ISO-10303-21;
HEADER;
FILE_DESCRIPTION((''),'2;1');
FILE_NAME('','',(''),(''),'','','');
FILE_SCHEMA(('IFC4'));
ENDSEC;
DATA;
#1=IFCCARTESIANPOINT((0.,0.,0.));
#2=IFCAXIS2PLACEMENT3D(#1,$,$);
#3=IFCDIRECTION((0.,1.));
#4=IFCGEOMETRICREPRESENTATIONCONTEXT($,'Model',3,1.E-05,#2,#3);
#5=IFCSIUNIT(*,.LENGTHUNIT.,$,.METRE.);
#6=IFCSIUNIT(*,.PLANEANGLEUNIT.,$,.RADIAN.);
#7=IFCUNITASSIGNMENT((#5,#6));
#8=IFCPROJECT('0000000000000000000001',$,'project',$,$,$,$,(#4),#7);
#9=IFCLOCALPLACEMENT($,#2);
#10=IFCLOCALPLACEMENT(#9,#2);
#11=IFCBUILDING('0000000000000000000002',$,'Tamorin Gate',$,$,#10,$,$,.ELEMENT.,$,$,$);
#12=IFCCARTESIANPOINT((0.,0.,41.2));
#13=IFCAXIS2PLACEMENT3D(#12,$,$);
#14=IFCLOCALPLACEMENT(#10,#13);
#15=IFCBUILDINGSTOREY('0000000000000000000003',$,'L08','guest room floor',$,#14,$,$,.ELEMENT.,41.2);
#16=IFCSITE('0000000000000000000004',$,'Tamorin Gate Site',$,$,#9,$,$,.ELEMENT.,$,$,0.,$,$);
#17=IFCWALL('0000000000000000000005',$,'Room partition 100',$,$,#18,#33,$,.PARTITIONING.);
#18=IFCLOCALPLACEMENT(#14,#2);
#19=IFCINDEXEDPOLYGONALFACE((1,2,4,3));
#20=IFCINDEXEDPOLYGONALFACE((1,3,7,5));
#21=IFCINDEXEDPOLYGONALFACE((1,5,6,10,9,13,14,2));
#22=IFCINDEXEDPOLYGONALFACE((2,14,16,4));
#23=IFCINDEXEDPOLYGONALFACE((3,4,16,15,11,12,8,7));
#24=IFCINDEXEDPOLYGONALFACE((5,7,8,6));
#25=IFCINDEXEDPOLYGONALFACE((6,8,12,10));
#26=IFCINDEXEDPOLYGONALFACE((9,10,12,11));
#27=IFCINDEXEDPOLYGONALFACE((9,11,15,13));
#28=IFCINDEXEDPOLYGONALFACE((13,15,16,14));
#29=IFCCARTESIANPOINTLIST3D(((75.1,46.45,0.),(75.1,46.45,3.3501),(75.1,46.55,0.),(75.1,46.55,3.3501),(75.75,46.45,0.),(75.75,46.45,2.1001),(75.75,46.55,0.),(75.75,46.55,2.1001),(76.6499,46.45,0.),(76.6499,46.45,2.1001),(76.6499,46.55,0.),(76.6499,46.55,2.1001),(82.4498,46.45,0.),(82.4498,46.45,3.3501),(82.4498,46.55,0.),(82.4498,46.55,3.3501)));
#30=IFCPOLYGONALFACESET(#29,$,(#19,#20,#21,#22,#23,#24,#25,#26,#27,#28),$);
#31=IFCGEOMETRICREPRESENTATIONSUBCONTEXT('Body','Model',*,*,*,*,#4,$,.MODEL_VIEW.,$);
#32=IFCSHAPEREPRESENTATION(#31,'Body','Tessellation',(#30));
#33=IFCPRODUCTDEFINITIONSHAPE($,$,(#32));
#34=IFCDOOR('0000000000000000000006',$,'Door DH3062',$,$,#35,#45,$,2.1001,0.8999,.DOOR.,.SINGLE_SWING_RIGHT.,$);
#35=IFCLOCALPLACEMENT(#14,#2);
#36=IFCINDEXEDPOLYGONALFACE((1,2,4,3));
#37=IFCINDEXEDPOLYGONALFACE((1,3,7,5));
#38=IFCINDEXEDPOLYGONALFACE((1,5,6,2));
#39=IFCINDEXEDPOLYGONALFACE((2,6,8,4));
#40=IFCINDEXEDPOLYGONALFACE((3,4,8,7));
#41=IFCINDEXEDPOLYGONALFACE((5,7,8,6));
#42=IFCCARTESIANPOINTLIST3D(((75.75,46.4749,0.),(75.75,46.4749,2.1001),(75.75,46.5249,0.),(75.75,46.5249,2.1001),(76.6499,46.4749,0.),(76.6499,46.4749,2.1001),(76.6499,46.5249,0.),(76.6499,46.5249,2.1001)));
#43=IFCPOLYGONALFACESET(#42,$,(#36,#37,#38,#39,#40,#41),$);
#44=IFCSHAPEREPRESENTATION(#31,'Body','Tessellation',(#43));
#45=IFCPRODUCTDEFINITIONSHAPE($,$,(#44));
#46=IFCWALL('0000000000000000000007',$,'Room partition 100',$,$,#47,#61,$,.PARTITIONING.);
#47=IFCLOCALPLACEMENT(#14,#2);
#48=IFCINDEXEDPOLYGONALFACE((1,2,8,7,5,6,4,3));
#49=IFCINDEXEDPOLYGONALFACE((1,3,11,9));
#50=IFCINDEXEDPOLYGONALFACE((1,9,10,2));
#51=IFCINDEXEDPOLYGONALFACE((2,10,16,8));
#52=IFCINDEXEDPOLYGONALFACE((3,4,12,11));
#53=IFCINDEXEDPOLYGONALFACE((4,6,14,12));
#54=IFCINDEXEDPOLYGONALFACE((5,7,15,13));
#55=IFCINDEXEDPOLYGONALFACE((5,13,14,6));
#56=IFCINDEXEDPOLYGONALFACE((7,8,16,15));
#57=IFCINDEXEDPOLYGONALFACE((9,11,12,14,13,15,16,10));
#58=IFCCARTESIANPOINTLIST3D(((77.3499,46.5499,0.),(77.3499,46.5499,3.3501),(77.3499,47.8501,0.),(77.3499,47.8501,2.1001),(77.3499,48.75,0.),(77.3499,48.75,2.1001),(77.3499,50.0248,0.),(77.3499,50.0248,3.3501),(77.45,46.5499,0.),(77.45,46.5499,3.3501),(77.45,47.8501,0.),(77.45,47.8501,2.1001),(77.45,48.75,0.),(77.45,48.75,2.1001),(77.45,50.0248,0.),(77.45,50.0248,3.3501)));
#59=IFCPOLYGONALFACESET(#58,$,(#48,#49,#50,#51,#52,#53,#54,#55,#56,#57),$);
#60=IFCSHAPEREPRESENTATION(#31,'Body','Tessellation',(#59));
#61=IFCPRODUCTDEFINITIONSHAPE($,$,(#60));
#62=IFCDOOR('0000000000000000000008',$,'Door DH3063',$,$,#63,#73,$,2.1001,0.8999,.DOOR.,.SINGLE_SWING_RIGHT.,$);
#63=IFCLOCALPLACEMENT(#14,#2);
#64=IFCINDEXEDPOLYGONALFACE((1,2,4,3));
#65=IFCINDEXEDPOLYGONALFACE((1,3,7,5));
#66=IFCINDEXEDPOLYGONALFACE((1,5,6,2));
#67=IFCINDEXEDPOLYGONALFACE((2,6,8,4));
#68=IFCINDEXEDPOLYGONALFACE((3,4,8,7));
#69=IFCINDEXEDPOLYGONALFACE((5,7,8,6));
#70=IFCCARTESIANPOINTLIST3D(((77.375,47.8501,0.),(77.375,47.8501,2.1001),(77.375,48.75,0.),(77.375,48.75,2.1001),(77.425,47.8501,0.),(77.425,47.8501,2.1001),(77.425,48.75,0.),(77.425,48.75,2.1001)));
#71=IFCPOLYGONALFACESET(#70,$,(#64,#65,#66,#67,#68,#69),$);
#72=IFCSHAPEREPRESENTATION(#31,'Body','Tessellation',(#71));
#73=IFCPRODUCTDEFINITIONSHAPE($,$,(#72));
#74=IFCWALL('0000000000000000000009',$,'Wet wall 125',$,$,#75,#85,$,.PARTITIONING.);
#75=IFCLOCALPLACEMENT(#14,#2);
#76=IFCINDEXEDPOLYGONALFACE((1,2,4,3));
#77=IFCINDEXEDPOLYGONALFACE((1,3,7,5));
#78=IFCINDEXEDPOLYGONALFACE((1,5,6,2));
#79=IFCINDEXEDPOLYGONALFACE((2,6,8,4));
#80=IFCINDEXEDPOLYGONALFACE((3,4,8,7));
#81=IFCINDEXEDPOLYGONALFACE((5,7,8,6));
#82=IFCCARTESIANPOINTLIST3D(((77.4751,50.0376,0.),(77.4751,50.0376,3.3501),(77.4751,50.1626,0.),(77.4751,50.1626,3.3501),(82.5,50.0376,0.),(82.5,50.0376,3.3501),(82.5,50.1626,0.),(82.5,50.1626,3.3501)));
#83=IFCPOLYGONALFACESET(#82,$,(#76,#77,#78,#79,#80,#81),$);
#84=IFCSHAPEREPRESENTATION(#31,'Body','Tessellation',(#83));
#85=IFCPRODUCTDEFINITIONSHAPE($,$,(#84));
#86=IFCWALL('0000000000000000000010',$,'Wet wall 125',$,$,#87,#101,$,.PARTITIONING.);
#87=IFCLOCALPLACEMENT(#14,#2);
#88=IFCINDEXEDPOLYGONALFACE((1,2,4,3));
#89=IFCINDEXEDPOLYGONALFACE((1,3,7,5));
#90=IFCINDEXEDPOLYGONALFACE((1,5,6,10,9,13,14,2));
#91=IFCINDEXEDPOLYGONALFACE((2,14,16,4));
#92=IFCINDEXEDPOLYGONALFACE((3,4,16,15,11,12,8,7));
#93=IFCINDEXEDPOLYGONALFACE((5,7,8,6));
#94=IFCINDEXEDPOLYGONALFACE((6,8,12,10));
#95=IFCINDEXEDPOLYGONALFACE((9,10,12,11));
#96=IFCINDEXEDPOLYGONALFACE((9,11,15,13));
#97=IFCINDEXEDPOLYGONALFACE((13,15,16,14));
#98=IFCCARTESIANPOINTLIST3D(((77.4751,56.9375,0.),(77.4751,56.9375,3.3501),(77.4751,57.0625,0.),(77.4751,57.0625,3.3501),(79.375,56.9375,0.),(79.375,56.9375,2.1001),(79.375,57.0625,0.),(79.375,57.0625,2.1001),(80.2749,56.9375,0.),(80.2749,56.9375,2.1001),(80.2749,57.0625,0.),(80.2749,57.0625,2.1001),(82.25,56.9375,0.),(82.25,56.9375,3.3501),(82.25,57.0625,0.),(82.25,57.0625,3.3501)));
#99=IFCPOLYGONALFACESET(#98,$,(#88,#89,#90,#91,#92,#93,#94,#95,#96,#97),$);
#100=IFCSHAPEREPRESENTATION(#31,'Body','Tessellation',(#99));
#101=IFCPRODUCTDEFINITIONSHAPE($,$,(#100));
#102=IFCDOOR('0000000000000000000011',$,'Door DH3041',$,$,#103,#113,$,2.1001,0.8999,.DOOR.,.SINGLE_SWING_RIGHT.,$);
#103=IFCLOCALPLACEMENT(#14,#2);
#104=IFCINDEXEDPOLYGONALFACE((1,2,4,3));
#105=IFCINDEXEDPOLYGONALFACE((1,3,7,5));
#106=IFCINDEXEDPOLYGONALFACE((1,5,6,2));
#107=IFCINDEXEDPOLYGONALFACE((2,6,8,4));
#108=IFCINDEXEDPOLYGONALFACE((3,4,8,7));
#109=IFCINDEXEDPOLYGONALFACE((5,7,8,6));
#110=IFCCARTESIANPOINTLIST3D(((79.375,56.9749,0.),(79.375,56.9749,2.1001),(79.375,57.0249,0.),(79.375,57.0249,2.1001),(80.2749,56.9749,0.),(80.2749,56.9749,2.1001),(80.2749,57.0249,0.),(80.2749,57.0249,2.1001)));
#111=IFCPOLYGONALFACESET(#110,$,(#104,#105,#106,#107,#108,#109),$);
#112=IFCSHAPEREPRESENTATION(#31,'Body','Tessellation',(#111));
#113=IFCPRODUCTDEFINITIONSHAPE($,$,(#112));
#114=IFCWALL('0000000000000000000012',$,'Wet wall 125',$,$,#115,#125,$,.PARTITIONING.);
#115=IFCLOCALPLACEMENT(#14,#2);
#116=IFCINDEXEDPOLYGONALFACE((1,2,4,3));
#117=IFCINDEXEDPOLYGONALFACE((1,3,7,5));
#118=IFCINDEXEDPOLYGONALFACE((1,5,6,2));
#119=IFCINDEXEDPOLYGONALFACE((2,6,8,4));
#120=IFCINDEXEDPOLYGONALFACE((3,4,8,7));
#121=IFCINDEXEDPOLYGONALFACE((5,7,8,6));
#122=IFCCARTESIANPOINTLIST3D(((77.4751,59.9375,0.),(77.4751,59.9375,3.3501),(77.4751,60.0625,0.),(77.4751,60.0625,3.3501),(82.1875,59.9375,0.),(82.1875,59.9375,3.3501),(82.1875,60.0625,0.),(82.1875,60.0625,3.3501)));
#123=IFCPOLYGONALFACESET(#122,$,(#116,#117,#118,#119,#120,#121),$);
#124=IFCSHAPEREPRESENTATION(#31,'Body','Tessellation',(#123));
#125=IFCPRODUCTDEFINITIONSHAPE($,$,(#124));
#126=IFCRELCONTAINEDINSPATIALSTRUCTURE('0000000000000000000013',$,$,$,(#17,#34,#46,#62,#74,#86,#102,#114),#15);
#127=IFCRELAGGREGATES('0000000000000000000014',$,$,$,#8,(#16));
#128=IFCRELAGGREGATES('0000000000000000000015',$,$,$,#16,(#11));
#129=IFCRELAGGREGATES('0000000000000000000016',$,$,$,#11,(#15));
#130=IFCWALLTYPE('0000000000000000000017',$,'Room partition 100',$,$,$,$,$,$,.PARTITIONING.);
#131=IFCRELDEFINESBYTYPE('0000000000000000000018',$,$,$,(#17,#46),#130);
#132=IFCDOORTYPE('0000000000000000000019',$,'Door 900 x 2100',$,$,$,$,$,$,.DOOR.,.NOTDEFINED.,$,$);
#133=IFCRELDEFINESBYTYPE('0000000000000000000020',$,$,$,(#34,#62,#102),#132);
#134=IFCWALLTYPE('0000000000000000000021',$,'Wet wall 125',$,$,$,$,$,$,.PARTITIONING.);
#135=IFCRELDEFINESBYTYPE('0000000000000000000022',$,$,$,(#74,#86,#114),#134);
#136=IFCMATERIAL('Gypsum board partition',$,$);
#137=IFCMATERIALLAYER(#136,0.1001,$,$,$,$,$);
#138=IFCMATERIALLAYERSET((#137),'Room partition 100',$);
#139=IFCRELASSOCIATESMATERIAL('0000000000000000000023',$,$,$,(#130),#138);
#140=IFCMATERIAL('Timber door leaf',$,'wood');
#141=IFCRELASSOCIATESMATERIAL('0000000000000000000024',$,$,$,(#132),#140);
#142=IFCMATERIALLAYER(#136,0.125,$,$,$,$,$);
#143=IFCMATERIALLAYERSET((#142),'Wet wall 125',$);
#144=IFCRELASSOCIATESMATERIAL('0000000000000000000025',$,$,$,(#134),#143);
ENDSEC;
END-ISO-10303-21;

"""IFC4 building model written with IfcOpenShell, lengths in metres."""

from ifc_helpers import new_model, si_unit, direction, frame, frame_2d, origin, place, context, subcontext, project, spatial, rectangle, extrude, material, layer, layer_set, type_object, element, fill, save


model = new_model("IFC4")

# Units and contexts
model_context = context("Model", 3, precision=1e-05, world=origin(), true_north=direction((0.0, 1.0)))
body_context = subcontext(model_context, "Body", "Model", "MODEL_VIEW")
ifc_project = project(units=[si_unit("LENGTHUNIT", "METRE"), si_unit("PLANEANGLEUNIT", "RADIAN")], contexts=[model_context])

# Site, building, storey
site_placement = place(None, origin())
site = spatial("IfcSite", under=ifc_project, at=site_placement, Name="Tamorin Gate Site", CompositionType="ELEMENT", RefElevation=0.0)
building_placement = place(site_placement, origin())
building = spatial("IfcBuilding", under=site, at=building_placement, Name="Tamorin Gate", CompositionType="ELEMENT")
storey_placement = place(building_placement, frame((0.0, 0.0, 41.2)))
storey = spatial("IfcBuildingStorey", under=building, at=storey_placement, Name="L08", Description="guest room floor", CompositionType="ELEMENT", Elevation=41.2)

# Shared definitions
ifc_material_1 = material(Name="Gypsum board partition")
ifc_material_2 = material(Name="Timber door leaf", Category="wood")

# Walls, openings, doors
ifc_layer_1 = layer(ifc_material_1, 0.1001)
ifc_layer_set_1 = layer_set([ifc_layer_1], Name="Room partition 100")
wall_type_1 = type_object("IfcWallType", Name="Room partition 100", PredefinedType="PARTITIONING", material=ifc_layer_set_1)
wall_1_placement = place(storey_placement, frame((75.1001, 46.5, 0.0), z_axis=(0.0, 0.0, 1.0), x_axis=(1.0, 0.0, 0.0)))
wall_1 = element("IfcWall", 1, at=wall_1_placement, inside=storey, type_object=wall_type_1, Name="Room partition 100", PredefinedType="PARTITIONING", context=body_context, shape_type="SweptSolid", body=[
    extrude(rectangle(XDim=7.3499, YDim=0.1001, at=frame_2d((3.6748, 0.0))), origin(), (0.0, 0.0, 1.0), 3.3501),
])
opening_1_placement = place(wall_1_placement, frame((0.6499, 0.0, 0.0)))
opening_1 = element("IfcOpeningElement", 2, at=opening_1_placement, cuts=wall_1, PredefinedType="OPENING", context=body_context, shape_type="SweptSolid", body=[
    extrude(rectangle(XDim=0.8999, YDim=2.1001, at=frame_2d((0.45, 1.05))), frame((0.0, 0.0601, 0.0), z_axis=(0.0, -1.0, 0.0), x_axis=(1.0, 0.0, 0.0)), (0.0, 0.0, 1.0), 0.1201),
])
door_type_1 = type_object("IfcDoorType", Name="Door 900 x 2100", OperationType="NOTDEFINED", PredefinedType="DOOR", material=ifc_material_2)
door_1_placement = place(opening_1_placement, origin())
door_1 = element("IfcDoor", 3, at=door_1_placement, inside=storey, type_object=door_type_1, Name="Door DH3062", OperationType="SINGLE_SWING_RIGHT", OverallHeight=2.1001, OverallWidth=0.8999, PredefinedType="DOOR", context=body_context, shape_type="SweptSolid", body=[
    extrude(rectangle(XDim=0.8999, YDim=2.1001, at=frame_2d((0.45, 1.05))), frame((0.0, 0.0249, 0.0), z_axis=(0.0, -1.0, 0.0), x_axis=(1.0, 0.0, 0.0)), (0.0, 0.0, 1.0), 0.05),
])
fill(opening_1, door_1)
wall_2_placement = place(storey_placement, frame((77.3999, 46.55, 0.0), z_axis=(0.0, 0.0, 1.0), x_axis=(0.0, 1.0, 0.0)))
wall_2 = element("IfcWall", 4, at=wall_2_placement, inside=storey, type_object=wall_type_1, Name="Room partition 100", PredefinedType="PARTITIONING", context=body_context, shape_type="SweptSolid", body=[
    extrude(rectangle(XDim=3.4749, YDim=0.1001, at=frame_2d((1.7373, 0.0))), origin(), (0.0, 0.0, 1.0), 3.3501),
])
opening_2_placement = place(wall_2_placement, frame((1.3, 0.0, 0.0)))
opening_2 = element("IfcOpeningElement", 5, at=opening_2_placement, cuts=wall_2, PredefinedType="OPENING", context=body_context, shape_type="SweptSolid", body=[
    extrude(rectangle(XDim=0.8999, YDim=2.1001, at=frame_2d((0.45, 1.05))), frame((0.0, 0.0601, 0.0), z_axis=(0.0, -1.0, 0.0), x_axis=(1.0, 0.0, 0.0)), (0.0, 0.0, 1.0), 0.1201),
])
door_2_placement = place(opening_2_placement, origin())
door_2 = element("IfcDoor", 6, at=door_2_placement, inside=storey, type_object=door_type_1, Name="Door DH3063", OperationType="SINGLE_SWING_RIGHT", OverallHeight=2.1001, OverallWidth=0.8999, PredefinedType="DOOR", context=body_context, shape_type="SweptSolid", body=[
    extrude(rectangle(XDim=0.8999, YDim=2.1001, at=frame_2d((0.45, 1.05))), frame((0.0, 0.0249, 0.0), z_axis=(0.0, -1.0, 0.0), x_axis=(1.0, 0.0, 0.0)), (0.0, 0.0, 1.0), 0.05),
])
fill(opening_2, door_2)

# Wall
ifc_layer_2 = layer(ifc_material_1, 0.125)
ifc_layer_set_2 = layer_set([ifc_layer_2], Name="Wet wall 125")
wall_type_2 = type_object("IfcWallType", Name="Wet wall 125", PredefinedType="PARTITIONING", material=ifc_layer_set_2)
wall_3_placement = place(storey_placement, frame((77.4751, 50.1001, 0.0), z_axis=(0.0, 0.0, 1.0), x_axis=(1.0, 0.0, 0.0)))
element("IfcWall", 7, at=wall_3_placement, inside=storey, type_object=wall_type_2, Name="Wet wall 125", PredefinedType="PARTITIONING", context=body_context, shape_type="SweptSolid", body=[
    extrude(rectangle(XDim=5.0249, YDim=0.125, at=frame_2d((2.5125, 0.0))), origin(), (0.0, 0.0, 1.0), 3.3501),
])

# Wall, opening, door
wall_4_placement = place(storey_placement, frame((77.4751, 57.0, 0.0), z_axis=(0.0, 0.0, 1.0), x_axis=(1.0, 0.0, 0.0)))
wall_4 = element("IfcWall", 8, at=wall_4_placement, inside=storey, type_object=wall_type_2, Name="Wet wall 125", PredefinedType="PARTITIONING", context=body_context, shape_type="SweptSolid", body=[
    extrude(rectangle(XDim=4.7749, YDim=0.125, at=frame_2d((2.3875, 0.0))), origin(), (0.0, 0.0, 1.0), 3.3501),
])
opening_3_placement = place(wall_4_placement, frame((1.8999, 0.0, 0.0)))
opening_3 = element("IfcOpeningElement", 9, at=opening_3_placement, cuts=wall_4, PredefinedType="OPENING", context=body_context, shape_type="SweptSolid", body=[
    extrude(rectangle(XDim=0.8999, YDim=2.1001, at=frame_2d((0.45, 1.05))), frame((0.0, 0.0725, 0.0), z_axis=(0.0, -1.0, 0.0), x_axis=(1.0, 0.0, 0.0)), (0.0, 0.0, 1.0), 0.145),
])
door_3_placement = place(opening_3_placement, origin())
door_3 = element("IfcDoor", 10, at=door_3_placement, inside=storey, type_object=door_type_1, Name="Door DH3041", OperationType="SINGLE_SWING_RIGHT", OverallHeight=2.1001, OverallWidth=0.8999, PredefinedType="DOOR", context=body_context, shape_type="SweptSolid", body=[
    extrude(rectangle(XDim=0.8999, YDim=2.1001, at=frame_2d((0.45, 1.05))), frame((0.0, 0.0249, 0.0), z_axis=(0.0, -1.0, 0.0), x_axis=(1.0, 0.0, 0.0)), (0.0, 0.0, 1.0), 0.05),
])
fill(opening_3, door_3)

# Wall
wall_5_placement = place(storey_placement, frame((77.4751, 60.0, 0.0), z_axis=(0.0, 0.0, 1.0), x_axis=(1.0, 0.0, 0.0)))
element("IfcWall", 11, at=wall_5_placement, inside=storey, type_object=wall_type_2, Name="Wet wall 125", PredefinedType="PARTITIONING", context=body_context, shape_type="SweptSolid", body=[
    extrude(rectangle(XDim=4.7124, YDim=0.125, at=frame_2d((2.3562, 0.0))), origin(), (0.0, 0.0, 1.0), 3.3501),
])

save(model, "model.ifc")
